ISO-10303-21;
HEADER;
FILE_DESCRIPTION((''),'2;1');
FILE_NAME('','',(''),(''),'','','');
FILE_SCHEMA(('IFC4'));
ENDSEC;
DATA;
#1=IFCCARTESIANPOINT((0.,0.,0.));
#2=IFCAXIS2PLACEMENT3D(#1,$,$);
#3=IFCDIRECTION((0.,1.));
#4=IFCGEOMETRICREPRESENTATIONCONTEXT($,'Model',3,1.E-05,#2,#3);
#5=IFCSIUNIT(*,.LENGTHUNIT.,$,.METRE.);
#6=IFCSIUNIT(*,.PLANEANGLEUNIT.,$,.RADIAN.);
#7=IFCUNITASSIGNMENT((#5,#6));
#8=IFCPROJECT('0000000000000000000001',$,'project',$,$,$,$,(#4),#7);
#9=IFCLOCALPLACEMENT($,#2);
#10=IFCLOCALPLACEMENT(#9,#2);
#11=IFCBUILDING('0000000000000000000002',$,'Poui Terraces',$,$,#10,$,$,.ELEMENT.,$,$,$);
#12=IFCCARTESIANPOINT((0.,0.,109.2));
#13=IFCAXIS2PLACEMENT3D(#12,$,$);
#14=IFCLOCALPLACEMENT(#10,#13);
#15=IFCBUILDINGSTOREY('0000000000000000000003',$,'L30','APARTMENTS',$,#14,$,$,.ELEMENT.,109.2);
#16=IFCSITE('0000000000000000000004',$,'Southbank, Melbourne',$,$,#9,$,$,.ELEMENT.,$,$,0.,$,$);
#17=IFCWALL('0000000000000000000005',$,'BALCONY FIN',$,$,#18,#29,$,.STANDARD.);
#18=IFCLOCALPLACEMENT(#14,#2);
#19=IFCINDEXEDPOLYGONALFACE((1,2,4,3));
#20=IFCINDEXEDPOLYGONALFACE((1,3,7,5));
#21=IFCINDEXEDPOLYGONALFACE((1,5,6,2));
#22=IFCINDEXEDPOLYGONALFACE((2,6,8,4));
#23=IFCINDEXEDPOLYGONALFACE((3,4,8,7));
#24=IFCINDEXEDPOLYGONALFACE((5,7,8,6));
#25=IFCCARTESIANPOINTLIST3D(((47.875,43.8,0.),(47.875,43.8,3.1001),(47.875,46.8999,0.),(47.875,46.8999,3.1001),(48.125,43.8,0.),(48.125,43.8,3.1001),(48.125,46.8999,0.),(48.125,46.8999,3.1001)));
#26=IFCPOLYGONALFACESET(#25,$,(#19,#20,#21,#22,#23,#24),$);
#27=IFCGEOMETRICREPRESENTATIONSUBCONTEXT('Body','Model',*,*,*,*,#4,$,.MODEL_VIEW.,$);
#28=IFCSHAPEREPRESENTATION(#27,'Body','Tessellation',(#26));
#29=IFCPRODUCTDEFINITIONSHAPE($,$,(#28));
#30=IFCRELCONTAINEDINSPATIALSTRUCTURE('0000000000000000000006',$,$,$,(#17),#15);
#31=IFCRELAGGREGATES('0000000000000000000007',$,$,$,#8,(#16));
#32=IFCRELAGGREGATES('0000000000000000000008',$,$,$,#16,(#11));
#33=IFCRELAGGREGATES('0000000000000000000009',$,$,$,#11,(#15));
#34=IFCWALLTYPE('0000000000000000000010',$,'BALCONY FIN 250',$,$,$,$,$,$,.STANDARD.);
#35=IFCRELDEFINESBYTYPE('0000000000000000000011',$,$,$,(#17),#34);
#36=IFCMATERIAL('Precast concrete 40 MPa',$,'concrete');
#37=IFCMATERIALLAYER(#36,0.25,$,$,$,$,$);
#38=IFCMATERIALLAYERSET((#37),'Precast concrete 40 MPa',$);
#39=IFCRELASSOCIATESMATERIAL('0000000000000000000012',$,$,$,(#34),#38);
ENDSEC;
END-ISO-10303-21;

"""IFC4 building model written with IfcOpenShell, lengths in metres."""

from ifc_helpers import new_model, si_unit, direction, frame, origin, place, context, subcontext, project, spatial, polyline, outline, extrude, source, transform, mapped, material, layer, layer_set, type_object, element, save


model = new_model("IFC4")

# Units and contexts
model_context = context("Model", 3, precision=1e-05, world=origin(), true_north=direction((0.0, 1.0)))
body_context = subcontext(model_context, "Body", "Model", "MODEL_VIEW")
ifc_project = project(units=[si_unit("LENGTHUNIT", "METRE"), si_unit("PLANEANGLEUNIT", "RADIAN")], contexts=[model_context])

# Site, building, storey
site_placement = place(None, origin())
site = spatial("IfcSite", under=ifc_project, at=site_placement, Name="Southbank, Melbourne", CompositionType="ELEMENT", RefElevation=0.0)
building_placement = place(site_placement, origin())
building = spatial("IfcBuilding", under=site, at=building_placement, Name="Poui Terraces", CompositionType="ELEMENT")
storey_placement = place(building_placement, frame((0.0, 0.0, 109.2)))
storey = spatial("IfcBuildingStorey", under=building, at=storey_placement, Name="L30", Description="APARTMENTS", CompositionType="ELEMENT", Elevation=109.2)

# Wall
ifc_material_1 = material(Name="Precast concrete 40 MPa", Category="concrete")
ifc_layer_1 = layer(ifc_material_1, 0.25)
ifc_layer_set_1 = layer_set([ifc_layer_1], Name="Precast concrete 40 MPa")
wall_type_1 = type_object("IfcWallType", Name="BALCONY FIN 250", PredefinedType="STANDARD", material=ifc_layer_set_1)
shared_shape_1 = source(origin(), body_context, "Body", "SweptSolid", [
    extrude(outline(polyline([(0.0, 0.0), (0.25, 0.0), (0.25, 3.0999), (0.0, 3.0999), (0.0, 0.0)])), origin(), (0.0, 0.0, 1.0), 3.1001),
])
for number, where, name in (
    (1, (47.875, 43.8, 0.0), "BALCONY FIN"),
):
    element("IfcWall", number, at=place(storey_placement, frame(where)), inside=storey, type_object=wall_type_1, Name=name, PredefinedType="STANDARD", context=body_context, shape_type="MappedRepresentation", body=[
        mapped(shared_shape_1, transform((0.0, 0.0, 0.0))),
    ])

save(model, "model.ifc")
